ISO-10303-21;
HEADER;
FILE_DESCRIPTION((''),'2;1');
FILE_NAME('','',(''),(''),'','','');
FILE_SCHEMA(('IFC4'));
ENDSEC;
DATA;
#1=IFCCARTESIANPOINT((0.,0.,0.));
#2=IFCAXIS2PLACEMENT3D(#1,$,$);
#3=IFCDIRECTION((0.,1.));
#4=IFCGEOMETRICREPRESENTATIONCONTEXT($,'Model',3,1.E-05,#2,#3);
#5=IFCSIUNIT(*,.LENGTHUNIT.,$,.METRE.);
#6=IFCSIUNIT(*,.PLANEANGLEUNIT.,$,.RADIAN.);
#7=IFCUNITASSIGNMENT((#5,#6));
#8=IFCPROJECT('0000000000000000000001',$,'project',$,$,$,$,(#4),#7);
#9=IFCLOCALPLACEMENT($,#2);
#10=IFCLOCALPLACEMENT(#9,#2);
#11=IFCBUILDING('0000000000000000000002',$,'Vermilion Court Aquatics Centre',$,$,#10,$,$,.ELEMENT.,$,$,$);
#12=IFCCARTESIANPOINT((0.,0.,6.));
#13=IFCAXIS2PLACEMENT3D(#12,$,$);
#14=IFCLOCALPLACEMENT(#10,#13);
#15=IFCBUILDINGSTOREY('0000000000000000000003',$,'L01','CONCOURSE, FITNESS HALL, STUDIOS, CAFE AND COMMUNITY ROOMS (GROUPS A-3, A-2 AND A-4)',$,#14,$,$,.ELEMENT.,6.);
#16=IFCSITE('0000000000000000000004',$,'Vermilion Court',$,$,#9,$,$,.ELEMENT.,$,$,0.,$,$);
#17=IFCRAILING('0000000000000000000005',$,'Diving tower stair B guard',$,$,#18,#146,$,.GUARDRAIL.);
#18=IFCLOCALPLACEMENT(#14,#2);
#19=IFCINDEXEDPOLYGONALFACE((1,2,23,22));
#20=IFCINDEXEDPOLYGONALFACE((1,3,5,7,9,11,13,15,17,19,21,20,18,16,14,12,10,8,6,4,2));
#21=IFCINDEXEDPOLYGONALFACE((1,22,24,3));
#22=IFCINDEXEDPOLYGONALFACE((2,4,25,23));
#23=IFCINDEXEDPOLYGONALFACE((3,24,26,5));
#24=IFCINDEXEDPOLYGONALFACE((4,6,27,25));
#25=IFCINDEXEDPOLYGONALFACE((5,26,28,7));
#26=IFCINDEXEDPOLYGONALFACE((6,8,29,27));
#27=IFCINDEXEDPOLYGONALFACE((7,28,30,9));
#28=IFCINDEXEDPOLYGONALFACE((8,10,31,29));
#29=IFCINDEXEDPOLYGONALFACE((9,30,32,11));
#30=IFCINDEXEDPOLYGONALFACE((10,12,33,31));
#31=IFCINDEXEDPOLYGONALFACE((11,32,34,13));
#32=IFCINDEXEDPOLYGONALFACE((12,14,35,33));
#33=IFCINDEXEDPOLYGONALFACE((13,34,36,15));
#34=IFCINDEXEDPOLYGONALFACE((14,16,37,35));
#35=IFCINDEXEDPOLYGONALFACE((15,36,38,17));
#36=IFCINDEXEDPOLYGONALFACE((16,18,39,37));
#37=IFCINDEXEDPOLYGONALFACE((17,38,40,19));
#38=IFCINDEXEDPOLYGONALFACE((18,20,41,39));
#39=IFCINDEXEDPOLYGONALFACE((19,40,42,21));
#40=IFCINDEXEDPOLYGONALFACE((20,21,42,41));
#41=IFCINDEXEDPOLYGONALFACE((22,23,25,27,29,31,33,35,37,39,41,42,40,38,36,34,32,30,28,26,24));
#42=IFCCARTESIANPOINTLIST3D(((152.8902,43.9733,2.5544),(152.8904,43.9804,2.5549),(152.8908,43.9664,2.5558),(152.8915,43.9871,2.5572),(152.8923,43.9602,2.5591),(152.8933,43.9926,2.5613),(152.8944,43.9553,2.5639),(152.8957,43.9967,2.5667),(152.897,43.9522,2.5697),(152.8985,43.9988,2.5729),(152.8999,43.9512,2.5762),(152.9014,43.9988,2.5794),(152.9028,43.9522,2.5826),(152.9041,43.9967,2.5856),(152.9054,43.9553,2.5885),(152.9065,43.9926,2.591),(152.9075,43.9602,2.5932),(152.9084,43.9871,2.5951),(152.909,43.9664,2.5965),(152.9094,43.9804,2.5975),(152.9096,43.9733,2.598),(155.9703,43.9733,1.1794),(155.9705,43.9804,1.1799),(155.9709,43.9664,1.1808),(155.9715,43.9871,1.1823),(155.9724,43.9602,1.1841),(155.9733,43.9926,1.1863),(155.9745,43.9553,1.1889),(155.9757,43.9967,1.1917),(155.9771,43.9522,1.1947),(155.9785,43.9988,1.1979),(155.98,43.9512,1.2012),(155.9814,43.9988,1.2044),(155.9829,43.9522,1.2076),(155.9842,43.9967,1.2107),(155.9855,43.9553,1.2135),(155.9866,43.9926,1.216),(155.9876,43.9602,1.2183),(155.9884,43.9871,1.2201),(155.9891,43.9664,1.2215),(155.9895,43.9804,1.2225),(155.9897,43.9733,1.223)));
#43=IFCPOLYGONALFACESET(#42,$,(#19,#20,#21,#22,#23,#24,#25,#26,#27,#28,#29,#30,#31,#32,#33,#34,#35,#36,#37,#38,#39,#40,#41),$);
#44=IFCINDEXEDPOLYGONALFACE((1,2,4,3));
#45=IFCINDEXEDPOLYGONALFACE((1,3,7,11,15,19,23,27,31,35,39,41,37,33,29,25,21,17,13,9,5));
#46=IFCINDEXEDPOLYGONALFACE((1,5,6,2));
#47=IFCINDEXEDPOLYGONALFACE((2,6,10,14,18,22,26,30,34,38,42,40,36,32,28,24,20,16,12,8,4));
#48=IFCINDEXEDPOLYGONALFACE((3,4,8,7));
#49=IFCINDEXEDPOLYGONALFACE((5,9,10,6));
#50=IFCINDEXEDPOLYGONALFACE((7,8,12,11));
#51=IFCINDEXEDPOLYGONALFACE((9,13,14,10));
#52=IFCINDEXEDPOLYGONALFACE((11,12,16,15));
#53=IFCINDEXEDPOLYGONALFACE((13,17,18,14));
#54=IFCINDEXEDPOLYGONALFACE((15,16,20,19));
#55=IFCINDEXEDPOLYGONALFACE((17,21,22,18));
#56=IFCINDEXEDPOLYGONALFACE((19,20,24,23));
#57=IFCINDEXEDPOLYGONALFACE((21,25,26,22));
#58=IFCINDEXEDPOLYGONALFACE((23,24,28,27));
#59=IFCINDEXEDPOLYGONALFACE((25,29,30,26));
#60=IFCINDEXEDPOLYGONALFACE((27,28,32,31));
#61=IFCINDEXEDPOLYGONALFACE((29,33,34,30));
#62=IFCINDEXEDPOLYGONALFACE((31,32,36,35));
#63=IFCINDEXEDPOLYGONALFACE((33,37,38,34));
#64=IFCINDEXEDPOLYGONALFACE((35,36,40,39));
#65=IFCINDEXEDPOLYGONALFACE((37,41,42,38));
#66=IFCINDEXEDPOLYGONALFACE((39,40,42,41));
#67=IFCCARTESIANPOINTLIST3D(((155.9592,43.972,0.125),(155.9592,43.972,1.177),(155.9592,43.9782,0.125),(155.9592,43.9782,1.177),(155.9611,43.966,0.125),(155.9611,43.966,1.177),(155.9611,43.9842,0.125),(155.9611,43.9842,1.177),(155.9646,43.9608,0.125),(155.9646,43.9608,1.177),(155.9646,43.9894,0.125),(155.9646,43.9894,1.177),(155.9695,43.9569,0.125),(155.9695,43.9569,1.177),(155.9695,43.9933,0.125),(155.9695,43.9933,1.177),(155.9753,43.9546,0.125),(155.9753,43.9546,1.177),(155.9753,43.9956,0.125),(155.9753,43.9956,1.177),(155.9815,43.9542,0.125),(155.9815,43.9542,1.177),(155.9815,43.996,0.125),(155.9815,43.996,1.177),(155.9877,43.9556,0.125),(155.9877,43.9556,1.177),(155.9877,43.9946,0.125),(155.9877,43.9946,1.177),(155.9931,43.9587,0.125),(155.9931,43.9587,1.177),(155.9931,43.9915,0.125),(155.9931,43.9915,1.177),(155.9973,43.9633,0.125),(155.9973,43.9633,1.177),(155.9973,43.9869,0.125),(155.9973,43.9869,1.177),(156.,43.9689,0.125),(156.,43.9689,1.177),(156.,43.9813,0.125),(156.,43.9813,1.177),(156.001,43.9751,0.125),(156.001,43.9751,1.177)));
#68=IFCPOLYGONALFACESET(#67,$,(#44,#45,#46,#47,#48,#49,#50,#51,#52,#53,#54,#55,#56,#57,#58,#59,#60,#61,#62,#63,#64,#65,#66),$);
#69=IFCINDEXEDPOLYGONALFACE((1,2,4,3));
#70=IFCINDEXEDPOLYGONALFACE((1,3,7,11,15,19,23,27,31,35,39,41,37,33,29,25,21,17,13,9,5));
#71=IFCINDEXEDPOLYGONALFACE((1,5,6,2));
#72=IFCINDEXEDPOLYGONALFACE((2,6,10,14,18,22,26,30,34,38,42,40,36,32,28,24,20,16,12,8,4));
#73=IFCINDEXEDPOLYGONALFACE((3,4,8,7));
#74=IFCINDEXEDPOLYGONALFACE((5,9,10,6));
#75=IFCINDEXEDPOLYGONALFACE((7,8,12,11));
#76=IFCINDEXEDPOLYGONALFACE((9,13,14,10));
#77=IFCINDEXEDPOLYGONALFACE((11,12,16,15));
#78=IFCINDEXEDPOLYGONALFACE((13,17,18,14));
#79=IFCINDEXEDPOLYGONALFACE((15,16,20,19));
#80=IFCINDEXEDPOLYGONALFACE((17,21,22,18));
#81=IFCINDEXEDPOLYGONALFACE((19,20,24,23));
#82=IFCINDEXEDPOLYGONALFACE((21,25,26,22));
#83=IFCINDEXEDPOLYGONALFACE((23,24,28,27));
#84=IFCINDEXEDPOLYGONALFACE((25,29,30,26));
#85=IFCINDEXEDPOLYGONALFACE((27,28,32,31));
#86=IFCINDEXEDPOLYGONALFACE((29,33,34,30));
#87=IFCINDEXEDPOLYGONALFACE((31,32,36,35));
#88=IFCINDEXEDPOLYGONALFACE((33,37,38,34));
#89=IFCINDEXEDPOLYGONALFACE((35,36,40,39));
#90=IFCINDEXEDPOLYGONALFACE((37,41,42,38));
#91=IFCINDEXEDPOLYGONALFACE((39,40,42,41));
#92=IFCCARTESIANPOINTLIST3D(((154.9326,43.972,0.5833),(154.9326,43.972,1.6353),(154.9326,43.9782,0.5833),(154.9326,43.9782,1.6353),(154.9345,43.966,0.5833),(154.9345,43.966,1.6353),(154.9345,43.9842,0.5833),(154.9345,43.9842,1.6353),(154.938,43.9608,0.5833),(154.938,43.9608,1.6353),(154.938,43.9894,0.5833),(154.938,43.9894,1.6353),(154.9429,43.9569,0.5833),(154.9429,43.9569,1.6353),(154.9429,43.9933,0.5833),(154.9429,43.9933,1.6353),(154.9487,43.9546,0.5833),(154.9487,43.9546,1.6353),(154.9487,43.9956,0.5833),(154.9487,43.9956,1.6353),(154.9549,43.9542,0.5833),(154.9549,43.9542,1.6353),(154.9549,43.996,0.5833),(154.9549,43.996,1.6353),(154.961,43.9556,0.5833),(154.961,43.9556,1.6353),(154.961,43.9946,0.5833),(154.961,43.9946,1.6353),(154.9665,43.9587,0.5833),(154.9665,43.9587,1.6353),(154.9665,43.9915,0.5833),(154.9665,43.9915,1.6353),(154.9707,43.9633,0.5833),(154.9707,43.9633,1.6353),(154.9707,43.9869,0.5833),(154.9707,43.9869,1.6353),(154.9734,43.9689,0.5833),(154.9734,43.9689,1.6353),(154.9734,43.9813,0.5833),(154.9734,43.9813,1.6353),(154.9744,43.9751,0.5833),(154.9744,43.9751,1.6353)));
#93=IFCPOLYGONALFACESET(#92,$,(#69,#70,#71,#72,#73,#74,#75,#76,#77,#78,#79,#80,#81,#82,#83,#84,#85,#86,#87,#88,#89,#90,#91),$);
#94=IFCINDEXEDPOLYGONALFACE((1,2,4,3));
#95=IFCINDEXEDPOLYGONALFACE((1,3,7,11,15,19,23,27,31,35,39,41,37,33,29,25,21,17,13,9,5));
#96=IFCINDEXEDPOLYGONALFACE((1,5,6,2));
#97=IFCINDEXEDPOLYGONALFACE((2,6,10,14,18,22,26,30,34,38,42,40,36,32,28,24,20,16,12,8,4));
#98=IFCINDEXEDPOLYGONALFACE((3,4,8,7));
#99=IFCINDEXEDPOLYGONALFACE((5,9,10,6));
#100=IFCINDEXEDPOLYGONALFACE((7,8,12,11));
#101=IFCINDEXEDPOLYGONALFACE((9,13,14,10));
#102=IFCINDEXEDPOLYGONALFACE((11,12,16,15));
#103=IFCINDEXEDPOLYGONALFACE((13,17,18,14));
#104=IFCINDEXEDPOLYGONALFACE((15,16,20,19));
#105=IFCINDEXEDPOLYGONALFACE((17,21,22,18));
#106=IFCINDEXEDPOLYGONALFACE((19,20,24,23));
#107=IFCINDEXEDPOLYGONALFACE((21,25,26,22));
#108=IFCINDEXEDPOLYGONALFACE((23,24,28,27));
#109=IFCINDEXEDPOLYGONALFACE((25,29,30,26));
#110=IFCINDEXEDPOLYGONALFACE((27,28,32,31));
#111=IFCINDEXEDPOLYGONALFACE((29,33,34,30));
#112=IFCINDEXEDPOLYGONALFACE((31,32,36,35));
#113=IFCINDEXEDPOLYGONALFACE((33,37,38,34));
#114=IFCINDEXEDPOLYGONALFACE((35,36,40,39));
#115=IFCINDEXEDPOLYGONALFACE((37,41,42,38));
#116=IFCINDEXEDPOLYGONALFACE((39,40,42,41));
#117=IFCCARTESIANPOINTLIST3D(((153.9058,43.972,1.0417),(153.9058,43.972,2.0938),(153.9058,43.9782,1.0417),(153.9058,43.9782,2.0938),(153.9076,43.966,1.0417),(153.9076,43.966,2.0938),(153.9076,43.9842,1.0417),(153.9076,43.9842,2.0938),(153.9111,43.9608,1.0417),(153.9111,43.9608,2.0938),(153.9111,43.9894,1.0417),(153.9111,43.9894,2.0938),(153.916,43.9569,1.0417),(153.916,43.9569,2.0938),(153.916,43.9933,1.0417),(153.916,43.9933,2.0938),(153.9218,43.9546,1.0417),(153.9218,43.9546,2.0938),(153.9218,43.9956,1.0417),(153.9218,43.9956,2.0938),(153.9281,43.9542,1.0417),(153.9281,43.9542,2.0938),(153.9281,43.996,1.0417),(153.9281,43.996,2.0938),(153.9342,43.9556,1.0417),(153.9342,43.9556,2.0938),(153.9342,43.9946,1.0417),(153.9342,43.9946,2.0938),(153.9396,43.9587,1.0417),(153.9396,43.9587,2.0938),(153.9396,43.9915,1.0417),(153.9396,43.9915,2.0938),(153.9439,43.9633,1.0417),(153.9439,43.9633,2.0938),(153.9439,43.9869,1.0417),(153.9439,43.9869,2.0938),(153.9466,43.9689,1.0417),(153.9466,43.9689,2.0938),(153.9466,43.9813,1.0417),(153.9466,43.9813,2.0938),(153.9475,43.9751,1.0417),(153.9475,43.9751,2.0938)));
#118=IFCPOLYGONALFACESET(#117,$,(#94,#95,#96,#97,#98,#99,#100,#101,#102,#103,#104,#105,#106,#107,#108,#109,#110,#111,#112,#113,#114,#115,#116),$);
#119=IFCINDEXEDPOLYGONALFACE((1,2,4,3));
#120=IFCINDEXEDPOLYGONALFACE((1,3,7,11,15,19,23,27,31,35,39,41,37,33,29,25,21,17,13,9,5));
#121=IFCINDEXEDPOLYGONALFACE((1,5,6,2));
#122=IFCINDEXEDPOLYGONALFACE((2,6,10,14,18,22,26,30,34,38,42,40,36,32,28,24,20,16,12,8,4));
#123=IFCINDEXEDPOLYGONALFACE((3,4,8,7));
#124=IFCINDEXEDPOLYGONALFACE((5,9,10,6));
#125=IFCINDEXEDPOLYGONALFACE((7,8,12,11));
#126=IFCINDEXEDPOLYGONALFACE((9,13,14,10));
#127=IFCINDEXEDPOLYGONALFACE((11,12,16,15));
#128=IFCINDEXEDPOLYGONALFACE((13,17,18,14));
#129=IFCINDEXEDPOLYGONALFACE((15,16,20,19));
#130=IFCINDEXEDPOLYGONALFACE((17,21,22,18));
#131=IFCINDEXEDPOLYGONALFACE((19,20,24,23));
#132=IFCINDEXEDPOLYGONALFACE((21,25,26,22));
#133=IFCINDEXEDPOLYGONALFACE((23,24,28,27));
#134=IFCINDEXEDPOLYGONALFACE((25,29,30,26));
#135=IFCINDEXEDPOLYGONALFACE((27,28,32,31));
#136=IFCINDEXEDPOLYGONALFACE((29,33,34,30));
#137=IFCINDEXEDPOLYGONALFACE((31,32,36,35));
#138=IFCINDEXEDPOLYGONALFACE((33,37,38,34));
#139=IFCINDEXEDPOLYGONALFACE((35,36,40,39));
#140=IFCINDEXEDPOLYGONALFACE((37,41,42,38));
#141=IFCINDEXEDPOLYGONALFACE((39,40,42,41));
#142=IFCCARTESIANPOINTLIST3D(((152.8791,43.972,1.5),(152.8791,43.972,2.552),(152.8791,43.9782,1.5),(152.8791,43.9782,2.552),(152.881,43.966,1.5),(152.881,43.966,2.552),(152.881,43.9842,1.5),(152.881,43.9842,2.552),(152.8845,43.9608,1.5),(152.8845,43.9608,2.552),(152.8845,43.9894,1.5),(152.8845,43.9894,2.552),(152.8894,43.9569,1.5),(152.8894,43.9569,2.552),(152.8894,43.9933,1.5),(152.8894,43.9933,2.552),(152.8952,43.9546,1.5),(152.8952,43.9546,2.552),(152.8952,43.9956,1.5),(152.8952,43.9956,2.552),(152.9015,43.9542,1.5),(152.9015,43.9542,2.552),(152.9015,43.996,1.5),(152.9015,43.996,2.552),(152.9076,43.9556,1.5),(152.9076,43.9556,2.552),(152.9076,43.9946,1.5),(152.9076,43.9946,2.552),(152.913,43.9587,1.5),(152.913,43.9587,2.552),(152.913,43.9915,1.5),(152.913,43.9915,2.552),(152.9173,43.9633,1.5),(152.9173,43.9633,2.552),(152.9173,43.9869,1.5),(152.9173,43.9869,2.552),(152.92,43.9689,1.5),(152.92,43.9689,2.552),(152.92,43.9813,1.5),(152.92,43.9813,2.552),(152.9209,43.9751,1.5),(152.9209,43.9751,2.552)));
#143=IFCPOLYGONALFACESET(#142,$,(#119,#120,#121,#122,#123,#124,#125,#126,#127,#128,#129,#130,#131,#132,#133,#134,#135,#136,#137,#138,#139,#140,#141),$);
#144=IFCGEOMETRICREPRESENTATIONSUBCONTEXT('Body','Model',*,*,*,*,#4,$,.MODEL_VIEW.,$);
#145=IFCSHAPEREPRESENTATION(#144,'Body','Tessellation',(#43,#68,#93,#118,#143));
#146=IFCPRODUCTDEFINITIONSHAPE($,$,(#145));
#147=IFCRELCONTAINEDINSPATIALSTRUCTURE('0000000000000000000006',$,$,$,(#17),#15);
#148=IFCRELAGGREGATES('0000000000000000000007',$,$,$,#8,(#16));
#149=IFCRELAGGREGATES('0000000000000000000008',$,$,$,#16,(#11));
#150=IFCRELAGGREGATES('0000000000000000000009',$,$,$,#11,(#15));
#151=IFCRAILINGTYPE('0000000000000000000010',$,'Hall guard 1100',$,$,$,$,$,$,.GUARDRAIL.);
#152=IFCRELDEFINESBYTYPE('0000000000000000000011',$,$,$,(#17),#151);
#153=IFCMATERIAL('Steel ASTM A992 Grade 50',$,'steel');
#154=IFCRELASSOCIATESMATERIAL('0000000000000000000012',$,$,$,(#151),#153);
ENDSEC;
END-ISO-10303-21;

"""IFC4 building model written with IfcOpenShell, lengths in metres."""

from ifc_helpers import new_model, si_unit, direction, frame, origin, origin_2d, place, context, subcontext, project, spatial, circle, extrude, material, type_object, element, save


model = new_model("IFC4")

# Units and contexts
model_context = context("Model", 3, precision=1e-05, world=origin(), true_north=direction((0.0, 1.0)))
body_context = subcontext(model_context, "Body", "Model", "MODEL_VIEW")
ifc_project = project(units=[si_unit("LENGTHUNIT", "METRE"), si_unit("PLANEANGLEUNIT", "RADIAN")], contexts=[model_context])

# Site, building, storey
site_placement = place(None, origin())
site = spatial("IfcSite", under=ifc_project, at=site_placement, Name="Vermilion Court", CompositionType="ELEMENT", RefElevation=0.0)
building_placement = place(site_placement, origin())
building = spatial("IfcBuilding", under=site, at=building_placement, Name="Vermilion Court Aquatics Centre", CompositionType="ELEMENT")
storey_placement = place(building_placement, frame((0.0, 0.0, 6.0)))
storey = spatial("IfcBuildingStorey", under=building, at=storey_placement, Name="L01", Description="CONCOURSE, FITNESS HALL, STUDIOS, CAFE AND COMMUNITY ROOMS (GROUPS A-3, A-2 AND A-4)", CompositionType="ELEMENT", Elevation=6.0)

# Railing
ifc_material_1 = material(Name="Steel ASTM A992 Grade 50", Category="steel")
railing_type_1 = type_object("IfcRailingType", Name="Hall guard 1100", PredefinedType="GUARDRAIL", material=ifc_material_1)
for number, where, name in (
    (1, (155.98, 43.9751, 0.125), "Diving tower stair B guard"),
):
    element("IfcRailing", number, at=place(storey_placement, frame(where)), inside=storey, type_object=railing_type_1, Name=name, PredefinedType="GUARDRAIL", context=body_context, shape_type="SweptSolid", body=[
        extrude(circle(Radius=0.0239, at=origin_2d()), frame((0.0, 0.0, 1.0762), z_axis=(-0.913142, 0.0, 0.407642), x_axis=(0.0, -1.0, 0.0)), (0.0, 0.0, 1.0), 3.373),
        extrude(circle(Radius=0.021, at=origin_2d()), origin(), (0.0, 0.0, 1.0), 1.052),
        extrude(circle(Radius=0.021, at=origin_2d()), frame((-1.0266, 0.0, 0.4583)), (0.0, 0.0, 1.0), 1.052),
        extrude(circle(Radius=0.021, at=origin_2d()), frame((-2.0535, 0.0, 0.9167)), (0.0, 0.0, 1.0), 1.052),
        extrude(circle(Radius=0.021, at=origin_2d()), frame((-3.0801, 0.0, 1.375)), (0.0, 0.0, 1.0), 1.052),
    ])

save(model, "model.ifc")
